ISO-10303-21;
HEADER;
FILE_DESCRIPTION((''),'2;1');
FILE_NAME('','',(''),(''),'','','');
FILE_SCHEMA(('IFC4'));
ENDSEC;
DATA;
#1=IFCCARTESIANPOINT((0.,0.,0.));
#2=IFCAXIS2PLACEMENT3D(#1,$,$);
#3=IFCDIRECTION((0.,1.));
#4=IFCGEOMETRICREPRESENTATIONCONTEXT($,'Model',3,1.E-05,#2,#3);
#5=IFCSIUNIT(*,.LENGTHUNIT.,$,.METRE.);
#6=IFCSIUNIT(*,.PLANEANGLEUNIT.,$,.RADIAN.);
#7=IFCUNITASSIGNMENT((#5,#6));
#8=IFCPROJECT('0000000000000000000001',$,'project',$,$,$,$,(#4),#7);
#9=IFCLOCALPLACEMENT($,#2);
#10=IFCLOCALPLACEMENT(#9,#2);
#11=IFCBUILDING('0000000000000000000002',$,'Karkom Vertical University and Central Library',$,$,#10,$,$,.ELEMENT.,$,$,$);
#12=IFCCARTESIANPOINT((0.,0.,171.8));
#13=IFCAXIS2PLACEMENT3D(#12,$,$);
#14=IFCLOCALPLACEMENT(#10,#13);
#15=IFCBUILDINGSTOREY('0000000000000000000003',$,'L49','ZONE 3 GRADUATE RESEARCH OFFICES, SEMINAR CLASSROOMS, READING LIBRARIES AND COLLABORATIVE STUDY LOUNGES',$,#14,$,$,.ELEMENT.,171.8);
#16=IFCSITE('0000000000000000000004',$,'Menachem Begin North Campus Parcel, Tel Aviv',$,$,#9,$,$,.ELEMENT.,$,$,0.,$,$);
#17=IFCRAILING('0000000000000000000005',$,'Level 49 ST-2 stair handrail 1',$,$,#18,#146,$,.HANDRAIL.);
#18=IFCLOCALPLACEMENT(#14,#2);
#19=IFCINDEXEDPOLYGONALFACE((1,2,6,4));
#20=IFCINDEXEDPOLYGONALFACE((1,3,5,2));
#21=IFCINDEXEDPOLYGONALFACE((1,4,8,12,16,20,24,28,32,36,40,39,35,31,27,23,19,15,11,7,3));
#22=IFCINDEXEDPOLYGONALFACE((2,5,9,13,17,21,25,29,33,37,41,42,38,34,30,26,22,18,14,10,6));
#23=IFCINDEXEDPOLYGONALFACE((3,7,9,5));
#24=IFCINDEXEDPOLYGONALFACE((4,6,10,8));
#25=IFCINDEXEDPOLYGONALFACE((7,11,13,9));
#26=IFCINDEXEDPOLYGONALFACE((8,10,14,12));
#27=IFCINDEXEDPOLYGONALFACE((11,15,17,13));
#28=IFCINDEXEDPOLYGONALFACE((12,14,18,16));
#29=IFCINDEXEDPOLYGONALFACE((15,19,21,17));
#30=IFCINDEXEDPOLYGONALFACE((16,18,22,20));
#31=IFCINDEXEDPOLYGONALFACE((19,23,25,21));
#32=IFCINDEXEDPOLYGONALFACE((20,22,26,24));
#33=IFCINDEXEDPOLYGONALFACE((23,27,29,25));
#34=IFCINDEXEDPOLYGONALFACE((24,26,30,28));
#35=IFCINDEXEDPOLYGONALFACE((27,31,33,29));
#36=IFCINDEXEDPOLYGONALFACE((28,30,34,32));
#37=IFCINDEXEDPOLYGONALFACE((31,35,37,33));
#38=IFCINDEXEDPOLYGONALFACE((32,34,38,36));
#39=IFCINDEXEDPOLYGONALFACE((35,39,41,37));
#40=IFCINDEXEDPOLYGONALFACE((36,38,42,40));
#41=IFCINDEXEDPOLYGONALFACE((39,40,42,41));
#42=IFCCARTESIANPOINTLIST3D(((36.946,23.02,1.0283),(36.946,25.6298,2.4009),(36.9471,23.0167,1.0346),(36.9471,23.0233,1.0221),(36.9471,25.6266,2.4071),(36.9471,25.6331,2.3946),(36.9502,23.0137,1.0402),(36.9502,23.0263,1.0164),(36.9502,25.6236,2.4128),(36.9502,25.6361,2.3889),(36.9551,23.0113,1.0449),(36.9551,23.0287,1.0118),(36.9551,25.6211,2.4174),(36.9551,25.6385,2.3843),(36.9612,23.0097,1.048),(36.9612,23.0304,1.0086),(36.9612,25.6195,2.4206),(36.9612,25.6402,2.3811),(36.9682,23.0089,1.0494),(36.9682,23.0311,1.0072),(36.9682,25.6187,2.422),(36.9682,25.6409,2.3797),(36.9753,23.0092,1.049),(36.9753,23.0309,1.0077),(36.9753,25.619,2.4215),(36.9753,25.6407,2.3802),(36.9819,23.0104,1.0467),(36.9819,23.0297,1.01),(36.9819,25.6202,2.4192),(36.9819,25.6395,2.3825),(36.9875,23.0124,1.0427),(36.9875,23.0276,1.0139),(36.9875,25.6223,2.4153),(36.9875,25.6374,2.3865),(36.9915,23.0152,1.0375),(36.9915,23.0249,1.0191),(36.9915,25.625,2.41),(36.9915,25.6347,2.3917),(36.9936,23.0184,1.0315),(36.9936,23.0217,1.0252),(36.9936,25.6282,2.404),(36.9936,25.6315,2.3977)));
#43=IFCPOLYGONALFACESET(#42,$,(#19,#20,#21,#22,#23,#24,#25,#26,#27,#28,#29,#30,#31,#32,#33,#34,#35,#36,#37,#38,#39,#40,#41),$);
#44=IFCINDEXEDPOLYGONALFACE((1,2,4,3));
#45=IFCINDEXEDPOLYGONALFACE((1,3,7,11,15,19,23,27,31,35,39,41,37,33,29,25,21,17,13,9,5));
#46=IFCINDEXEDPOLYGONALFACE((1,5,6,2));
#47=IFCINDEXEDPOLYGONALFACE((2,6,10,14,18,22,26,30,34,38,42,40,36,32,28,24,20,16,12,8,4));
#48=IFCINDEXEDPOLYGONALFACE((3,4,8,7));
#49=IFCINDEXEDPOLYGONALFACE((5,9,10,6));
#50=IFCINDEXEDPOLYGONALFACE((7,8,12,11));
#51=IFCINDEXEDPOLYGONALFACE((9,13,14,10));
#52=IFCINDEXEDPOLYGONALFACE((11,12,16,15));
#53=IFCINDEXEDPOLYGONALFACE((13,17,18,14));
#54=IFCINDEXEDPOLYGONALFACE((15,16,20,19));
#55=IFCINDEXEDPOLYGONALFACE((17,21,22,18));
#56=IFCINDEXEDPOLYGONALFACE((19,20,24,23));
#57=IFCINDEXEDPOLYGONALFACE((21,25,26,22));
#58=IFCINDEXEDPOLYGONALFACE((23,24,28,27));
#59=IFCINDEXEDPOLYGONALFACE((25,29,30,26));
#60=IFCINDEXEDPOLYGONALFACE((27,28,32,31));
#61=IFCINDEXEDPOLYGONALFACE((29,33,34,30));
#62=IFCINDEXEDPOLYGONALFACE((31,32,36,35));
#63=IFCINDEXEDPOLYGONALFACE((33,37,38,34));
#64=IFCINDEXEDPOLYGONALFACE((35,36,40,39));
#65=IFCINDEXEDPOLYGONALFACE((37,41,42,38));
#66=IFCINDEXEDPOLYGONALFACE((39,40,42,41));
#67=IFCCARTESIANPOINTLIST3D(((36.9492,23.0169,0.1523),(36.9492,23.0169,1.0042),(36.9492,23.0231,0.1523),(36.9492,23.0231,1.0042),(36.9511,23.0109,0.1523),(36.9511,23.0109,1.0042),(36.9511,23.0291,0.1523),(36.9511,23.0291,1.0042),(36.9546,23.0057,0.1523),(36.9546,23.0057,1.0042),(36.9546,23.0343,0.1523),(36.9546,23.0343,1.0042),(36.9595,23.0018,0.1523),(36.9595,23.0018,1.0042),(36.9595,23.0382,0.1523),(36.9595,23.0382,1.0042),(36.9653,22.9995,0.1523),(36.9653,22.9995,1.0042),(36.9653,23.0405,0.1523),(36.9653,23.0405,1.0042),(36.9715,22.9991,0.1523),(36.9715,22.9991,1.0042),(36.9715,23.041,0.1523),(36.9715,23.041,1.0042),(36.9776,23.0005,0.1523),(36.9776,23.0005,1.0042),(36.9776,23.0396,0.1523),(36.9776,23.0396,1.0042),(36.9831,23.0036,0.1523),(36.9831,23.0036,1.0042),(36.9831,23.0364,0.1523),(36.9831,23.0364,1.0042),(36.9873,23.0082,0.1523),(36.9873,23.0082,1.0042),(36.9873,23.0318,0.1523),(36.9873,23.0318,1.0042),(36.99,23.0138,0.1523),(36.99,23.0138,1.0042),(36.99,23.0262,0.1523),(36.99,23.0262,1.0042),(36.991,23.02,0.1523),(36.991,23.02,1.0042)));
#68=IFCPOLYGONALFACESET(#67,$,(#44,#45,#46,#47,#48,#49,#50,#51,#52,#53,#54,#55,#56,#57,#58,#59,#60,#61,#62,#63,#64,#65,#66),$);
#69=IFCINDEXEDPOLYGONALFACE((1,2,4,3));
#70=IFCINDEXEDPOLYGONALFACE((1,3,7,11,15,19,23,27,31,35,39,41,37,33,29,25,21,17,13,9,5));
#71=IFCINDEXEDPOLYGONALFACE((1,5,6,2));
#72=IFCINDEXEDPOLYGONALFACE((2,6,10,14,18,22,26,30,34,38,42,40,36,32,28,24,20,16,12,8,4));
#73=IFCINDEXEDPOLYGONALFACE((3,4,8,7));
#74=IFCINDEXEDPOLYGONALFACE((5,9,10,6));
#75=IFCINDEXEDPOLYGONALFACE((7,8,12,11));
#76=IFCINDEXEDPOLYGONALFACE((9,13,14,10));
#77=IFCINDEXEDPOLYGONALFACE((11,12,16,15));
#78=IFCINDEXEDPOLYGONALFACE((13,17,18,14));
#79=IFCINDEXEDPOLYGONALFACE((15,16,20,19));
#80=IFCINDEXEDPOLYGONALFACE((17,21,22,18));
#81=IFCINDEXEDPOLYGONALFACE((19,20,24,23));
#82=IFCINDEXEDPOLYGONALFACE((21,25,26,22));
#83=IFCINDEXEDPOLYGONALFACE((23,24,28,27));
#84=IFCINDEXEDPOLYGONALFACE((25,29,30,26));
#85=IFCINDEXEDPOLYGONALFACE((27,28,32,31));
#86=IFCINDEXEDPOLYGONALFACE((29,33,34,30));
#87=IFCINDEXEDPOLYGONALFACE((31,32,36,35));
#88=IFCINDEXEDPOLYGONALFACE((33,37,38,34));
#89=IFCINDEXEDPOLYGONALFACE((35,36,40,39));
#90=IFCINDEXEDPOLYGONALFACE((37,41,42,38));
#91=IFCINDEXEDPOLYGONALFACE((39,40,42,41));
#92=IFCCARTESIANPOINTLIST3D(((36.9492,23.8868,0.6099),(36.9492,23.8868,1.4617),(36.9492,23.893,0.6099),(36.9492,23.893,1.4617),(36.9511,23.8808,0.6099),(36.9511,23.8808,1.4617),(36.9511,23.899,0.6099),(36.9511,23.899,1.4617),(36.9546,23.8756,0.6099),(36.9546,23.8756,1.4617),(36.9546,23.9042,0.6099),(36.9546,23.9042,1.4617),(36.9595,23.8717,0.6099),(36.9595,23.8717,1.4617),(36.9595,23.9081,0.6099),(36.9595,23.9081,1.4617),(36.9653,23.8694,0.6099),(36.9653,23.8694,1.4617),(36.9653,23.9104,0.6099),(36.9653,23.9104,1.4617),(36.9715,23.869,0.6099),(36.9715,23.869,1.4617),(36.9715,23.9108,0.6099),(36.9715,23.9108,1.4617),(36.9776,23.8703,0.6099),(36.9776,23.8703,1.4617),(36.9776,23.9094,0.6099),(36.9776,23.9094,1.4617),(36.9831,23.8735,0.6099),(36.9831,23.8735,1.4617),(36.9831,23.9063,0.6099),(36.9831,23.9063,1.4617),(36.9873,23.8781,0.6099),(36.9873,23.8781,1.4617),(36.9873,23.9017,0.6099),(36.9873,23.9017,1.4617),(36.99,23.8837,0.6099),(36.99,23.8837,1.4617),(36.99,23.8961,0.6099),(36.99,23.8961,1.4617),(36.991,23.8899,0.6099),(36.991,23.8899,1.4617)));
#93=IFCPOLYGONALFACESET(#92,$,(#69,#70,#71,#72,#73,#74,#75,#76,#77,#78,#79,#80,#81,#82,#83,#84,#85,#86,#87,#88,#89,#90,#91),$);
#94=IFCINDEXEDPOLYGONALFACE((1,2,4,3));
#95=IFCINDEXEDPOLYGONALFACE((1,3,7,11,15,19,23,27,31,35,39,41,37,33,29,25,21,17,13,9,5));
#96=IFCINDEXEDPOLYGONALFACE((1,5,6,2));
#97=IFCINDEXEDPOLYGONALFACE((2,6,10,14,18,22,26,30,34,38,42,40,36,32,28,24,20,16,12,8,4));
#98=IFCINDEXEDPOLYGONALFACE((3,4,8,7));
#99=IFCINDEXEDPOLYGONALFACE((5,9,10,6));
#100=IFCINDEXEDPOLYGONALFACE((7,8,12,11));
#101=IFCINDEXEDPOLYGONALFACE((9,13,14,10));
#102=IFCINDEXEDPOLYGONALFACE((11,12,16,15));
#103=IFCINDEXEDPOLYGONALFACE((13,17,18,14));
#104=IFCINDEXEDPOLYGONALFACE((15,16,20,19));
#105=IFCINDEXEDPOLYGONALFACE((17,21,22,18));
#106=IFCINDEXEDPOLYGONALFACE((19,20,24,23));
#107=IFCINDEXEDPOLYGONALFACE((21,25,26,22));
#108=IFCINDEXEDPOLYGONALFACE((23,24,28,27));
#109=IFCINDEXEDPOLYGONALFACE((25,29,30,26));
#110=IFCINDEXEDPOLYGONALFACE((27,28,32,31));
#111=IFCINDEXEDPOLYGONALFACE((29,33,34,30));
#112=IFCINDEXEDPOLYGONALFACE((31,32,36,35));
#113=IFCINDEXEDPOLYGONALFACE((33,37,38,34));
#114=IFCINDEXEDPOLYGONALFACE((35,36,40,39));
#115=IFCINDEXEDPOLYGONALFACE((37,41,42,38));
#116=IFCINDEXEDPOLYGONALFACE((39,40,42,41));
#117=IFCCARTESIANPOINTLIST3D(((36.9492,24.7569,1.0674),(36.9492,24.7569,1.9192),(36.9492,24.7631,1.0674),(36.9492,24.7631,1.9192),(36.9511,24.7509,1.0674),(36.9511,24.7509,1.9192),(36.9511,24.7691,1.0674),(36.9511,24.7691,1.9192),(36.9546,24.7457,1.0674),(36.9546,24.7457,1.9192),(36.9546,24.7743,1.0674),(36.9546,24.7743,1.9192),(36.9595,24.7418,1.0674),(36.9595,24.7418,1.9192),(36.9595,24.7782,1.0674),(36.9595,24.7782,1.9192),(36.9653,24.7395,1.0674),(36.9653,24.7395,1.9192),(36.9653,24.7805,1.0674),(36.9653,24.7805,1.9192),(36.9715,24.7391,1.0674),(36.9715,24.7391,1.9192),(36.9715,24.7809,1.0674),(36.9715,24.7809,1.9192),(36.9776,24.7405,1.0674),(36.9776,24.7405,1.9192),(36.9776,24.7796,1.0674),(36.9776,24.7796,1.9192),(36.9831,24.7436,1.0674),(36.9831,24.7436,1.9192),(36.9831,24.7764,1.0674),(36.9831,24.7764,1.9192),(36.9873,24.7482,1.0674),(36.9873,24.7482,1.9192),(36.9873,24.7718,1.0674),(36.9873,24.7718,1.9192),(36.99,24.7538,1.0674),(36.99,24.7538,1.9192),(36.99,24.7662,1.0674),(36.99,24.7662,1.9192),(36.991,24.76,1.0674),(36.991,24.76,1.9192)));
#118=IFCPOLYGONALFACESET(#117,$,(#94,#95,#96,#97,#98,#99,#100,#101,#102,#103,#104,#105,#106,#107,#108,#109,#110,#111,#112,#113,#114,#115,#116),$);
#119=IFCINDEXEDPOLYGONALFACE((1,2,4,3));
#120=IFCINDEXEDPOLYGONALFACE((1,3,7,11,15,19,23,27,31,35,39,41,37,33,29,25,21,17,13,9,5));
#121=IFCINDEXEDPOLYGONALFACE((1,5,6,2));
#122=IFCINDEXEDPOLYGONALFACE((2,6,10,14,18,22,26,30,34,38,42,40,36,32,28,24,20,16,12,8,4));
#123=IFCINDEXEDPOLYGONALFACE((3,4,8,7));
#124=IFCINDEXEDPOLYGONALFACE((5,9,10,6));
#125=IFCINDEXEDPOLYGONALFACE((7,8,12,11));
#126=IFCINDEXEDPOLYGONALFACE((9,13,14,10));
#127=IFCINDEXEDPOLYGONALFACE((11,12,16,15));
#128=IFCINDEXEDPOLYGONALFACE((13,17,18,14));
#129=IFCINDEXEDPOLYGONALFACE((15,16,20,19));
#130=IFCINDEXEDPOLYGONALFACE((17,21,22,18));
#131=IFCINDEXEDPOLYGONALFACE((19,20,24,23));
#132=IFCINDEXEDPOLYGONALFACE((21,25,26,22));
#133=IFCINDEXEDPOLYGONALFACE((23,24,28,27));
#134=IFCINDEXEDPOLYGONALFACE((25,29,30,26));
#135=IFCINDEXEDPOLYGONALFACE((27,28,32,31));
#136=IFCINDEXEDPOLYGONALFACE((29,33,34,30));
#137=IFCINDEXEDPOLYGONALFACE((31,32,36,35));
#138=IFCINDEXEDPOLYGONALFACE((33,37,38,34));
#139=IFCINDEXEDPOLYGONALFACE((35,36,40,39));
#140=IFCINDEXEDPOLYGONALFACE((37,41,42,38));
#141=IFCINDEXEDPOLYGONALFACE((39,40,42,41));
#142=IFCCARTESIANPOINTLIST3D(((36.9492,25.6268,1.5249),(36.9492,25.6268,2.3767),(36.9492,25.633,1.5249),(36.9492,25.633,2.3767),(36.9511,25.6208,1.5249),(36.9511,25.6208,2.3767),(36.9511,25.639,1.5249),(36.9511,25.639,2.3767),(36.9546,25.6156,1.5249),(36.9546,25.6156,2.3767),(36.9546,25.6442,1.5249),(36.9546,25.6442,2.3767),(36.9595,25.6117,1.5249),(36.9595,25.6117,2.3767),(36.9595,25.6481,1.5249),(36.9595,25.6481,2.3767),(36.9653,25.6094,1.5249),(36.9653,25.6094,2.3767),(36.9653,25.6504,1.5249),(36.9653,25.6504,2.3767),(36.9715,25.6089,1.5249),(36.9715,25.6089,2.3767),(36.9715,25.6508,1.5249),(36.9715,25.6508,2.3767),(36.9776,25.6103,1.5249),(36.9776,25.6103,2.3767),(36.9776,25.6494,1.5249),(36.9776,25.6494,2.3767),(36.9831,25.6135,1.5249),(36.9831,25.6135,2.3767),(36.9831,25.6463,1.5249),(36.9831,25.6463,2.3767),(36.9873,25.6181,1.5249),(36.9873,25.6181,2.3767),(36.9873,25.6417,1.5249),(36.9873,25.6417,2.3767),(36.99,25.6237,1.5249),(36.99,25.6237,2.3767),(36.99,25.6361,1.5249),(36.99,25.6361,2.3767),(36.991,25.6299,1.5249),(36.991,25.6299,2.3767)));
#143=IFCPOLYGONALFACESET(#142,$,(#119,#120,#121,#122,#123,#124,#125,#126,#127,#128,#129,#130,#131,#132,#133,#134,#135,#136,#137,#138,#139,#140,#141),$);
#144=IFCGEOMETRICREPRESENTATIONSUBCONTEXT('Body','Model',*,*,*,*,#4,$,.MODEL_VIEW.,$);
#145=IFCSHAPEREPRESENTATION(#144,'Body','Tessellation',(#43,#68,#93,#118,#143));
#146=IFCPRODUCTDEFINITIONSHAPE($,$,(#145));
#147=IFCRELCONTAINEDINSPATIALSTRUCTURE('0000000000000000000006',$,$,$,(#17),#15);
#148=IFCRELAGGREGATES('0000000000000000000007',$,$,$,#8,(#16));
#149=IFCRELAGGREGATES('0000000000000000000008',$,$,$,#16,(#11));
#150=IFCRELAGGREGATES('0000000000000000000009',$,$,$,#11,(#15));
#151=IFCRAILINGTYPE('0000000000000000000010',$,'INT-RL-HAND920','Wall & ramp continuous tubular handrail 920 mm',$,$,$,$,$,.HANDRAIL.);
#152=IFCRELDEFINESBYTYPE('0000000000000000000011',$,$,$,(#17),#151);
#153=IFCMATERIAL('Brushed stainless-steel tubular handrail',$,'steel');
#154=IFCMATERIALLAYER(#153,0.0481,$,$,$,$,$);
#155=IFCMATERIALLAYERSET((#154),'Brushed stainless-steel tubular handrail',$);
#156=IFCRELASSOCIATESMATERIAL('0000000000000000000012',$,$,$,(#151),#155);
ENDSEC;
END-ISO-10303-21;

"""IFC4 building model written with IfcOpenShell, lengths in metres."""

from ifc_helpers import new_model, si_unit, direction, frame, origin, origin_2d, place, context, subcontext, project, spatial, circle, extrude, material, layer, layer_set, type_object, element, save


model = new_model("IFC4")

# Units and contexts
model_context = context("Model", 3, precision=1e-05, world=origin(), true_north=direction((0.0, 1.0)))
body_context = subcontext(model_context, "Body", "Model", "MODEL_VIEW")
ifc_project = project(units=[si_unit("LENGTHUNIT", "METRE"), si_unit("PLANEANGLEUNIT", "RADIAN")], contexts=[model_context])

# Site, building, storey
site_placement = place(None, origin())
site = spatial("IfcSite", under=ifc_project, at=site_placement, Name="Menachem Begin North Campus Parcel, Tel Aviv", CompositionType="ELEMENT", RefElevation=0.0)
building_placement = place(site_placement, origin())
building = spatial("IfcBuilding", under=site, at=building_placement, Name="Karkom Vertical University and Central Library", CompositionType="ELEMENT")
storey_placement = place(building_placement, frame((0.0, 0.0, 171.8)))
storey = spatial("IfcBuildingStorey", under=building, at=storey_placement, Name="L49", Description="ZONE 3 GRADUATE RESEARCH OFFICES, SEMINAR CLASSROOMS, READING LIBRARIES AND COLLABORATIVE STUDY LOUNGES", CompositionType="ELEMENT", Elevation=171.8)

# Railing
ifc_material_1 = material(Name="Brushed stainless-steel tubular handrail", Category="steel")
ifc_layer_1 = layer(ifc_material_1, 0.0481)
ifc_layer_set_1 = layer_set([ifc_layer_1], Name="Brushed stainless-steel tubular handrail")
railing_type_1 = type_object("IfcRailingType", Name="INT-RL-HAND920", Description="Wall & ramp continuous tubular handrail 920 mm", PredefinedType="HANDRAIL", material=ifc_layer_set_1)
railing_1_placement = place(storey_placement, frame((36.97, 23.02, 0.1523)))
element("IfcRailing", 1, at=railing_1_placement, inside=storey, type_object=railing_type_1, Name="Level 49 ST-2 stair handrail 1", PredefinedType="HANDRAIL", context=body_context, shape_type="SweptSolid", body=[
    extrude(circle(Radius=0.0239, at=origin_2d()), frame((0.0, 0.0, 0.876), z_axis=(0.0, 0.885065, 0.465467), x_axis=(-1.0, 0.0, 0.0)), (0.0, 0.0, 1.0), 2.9487),
    extrude(circle(Radius=0.021, at=origin_2d()), origin(), (0.0, 0.0, 1.0), 0.8518),
    extrude(circle(Radius=0.021, at=origin_2d()), frame((0.0, 0.8699, 0.4575)), (0.0, 0.0, 1.0), 0.8518),
    extrude(circle(Radius=0.021, at=origin_2d()), frame((0.0, 1.74, 0.915)), (0.0, 0.0, 1.0), 0.8518),
    extrude(circle(Radius=0.021, at=origin_2d()), frame((0.0, 2.6099, 1.3726)), (0.0, 0.0, 1.0), 0.8518),
])

save(model, "model.ifc")
